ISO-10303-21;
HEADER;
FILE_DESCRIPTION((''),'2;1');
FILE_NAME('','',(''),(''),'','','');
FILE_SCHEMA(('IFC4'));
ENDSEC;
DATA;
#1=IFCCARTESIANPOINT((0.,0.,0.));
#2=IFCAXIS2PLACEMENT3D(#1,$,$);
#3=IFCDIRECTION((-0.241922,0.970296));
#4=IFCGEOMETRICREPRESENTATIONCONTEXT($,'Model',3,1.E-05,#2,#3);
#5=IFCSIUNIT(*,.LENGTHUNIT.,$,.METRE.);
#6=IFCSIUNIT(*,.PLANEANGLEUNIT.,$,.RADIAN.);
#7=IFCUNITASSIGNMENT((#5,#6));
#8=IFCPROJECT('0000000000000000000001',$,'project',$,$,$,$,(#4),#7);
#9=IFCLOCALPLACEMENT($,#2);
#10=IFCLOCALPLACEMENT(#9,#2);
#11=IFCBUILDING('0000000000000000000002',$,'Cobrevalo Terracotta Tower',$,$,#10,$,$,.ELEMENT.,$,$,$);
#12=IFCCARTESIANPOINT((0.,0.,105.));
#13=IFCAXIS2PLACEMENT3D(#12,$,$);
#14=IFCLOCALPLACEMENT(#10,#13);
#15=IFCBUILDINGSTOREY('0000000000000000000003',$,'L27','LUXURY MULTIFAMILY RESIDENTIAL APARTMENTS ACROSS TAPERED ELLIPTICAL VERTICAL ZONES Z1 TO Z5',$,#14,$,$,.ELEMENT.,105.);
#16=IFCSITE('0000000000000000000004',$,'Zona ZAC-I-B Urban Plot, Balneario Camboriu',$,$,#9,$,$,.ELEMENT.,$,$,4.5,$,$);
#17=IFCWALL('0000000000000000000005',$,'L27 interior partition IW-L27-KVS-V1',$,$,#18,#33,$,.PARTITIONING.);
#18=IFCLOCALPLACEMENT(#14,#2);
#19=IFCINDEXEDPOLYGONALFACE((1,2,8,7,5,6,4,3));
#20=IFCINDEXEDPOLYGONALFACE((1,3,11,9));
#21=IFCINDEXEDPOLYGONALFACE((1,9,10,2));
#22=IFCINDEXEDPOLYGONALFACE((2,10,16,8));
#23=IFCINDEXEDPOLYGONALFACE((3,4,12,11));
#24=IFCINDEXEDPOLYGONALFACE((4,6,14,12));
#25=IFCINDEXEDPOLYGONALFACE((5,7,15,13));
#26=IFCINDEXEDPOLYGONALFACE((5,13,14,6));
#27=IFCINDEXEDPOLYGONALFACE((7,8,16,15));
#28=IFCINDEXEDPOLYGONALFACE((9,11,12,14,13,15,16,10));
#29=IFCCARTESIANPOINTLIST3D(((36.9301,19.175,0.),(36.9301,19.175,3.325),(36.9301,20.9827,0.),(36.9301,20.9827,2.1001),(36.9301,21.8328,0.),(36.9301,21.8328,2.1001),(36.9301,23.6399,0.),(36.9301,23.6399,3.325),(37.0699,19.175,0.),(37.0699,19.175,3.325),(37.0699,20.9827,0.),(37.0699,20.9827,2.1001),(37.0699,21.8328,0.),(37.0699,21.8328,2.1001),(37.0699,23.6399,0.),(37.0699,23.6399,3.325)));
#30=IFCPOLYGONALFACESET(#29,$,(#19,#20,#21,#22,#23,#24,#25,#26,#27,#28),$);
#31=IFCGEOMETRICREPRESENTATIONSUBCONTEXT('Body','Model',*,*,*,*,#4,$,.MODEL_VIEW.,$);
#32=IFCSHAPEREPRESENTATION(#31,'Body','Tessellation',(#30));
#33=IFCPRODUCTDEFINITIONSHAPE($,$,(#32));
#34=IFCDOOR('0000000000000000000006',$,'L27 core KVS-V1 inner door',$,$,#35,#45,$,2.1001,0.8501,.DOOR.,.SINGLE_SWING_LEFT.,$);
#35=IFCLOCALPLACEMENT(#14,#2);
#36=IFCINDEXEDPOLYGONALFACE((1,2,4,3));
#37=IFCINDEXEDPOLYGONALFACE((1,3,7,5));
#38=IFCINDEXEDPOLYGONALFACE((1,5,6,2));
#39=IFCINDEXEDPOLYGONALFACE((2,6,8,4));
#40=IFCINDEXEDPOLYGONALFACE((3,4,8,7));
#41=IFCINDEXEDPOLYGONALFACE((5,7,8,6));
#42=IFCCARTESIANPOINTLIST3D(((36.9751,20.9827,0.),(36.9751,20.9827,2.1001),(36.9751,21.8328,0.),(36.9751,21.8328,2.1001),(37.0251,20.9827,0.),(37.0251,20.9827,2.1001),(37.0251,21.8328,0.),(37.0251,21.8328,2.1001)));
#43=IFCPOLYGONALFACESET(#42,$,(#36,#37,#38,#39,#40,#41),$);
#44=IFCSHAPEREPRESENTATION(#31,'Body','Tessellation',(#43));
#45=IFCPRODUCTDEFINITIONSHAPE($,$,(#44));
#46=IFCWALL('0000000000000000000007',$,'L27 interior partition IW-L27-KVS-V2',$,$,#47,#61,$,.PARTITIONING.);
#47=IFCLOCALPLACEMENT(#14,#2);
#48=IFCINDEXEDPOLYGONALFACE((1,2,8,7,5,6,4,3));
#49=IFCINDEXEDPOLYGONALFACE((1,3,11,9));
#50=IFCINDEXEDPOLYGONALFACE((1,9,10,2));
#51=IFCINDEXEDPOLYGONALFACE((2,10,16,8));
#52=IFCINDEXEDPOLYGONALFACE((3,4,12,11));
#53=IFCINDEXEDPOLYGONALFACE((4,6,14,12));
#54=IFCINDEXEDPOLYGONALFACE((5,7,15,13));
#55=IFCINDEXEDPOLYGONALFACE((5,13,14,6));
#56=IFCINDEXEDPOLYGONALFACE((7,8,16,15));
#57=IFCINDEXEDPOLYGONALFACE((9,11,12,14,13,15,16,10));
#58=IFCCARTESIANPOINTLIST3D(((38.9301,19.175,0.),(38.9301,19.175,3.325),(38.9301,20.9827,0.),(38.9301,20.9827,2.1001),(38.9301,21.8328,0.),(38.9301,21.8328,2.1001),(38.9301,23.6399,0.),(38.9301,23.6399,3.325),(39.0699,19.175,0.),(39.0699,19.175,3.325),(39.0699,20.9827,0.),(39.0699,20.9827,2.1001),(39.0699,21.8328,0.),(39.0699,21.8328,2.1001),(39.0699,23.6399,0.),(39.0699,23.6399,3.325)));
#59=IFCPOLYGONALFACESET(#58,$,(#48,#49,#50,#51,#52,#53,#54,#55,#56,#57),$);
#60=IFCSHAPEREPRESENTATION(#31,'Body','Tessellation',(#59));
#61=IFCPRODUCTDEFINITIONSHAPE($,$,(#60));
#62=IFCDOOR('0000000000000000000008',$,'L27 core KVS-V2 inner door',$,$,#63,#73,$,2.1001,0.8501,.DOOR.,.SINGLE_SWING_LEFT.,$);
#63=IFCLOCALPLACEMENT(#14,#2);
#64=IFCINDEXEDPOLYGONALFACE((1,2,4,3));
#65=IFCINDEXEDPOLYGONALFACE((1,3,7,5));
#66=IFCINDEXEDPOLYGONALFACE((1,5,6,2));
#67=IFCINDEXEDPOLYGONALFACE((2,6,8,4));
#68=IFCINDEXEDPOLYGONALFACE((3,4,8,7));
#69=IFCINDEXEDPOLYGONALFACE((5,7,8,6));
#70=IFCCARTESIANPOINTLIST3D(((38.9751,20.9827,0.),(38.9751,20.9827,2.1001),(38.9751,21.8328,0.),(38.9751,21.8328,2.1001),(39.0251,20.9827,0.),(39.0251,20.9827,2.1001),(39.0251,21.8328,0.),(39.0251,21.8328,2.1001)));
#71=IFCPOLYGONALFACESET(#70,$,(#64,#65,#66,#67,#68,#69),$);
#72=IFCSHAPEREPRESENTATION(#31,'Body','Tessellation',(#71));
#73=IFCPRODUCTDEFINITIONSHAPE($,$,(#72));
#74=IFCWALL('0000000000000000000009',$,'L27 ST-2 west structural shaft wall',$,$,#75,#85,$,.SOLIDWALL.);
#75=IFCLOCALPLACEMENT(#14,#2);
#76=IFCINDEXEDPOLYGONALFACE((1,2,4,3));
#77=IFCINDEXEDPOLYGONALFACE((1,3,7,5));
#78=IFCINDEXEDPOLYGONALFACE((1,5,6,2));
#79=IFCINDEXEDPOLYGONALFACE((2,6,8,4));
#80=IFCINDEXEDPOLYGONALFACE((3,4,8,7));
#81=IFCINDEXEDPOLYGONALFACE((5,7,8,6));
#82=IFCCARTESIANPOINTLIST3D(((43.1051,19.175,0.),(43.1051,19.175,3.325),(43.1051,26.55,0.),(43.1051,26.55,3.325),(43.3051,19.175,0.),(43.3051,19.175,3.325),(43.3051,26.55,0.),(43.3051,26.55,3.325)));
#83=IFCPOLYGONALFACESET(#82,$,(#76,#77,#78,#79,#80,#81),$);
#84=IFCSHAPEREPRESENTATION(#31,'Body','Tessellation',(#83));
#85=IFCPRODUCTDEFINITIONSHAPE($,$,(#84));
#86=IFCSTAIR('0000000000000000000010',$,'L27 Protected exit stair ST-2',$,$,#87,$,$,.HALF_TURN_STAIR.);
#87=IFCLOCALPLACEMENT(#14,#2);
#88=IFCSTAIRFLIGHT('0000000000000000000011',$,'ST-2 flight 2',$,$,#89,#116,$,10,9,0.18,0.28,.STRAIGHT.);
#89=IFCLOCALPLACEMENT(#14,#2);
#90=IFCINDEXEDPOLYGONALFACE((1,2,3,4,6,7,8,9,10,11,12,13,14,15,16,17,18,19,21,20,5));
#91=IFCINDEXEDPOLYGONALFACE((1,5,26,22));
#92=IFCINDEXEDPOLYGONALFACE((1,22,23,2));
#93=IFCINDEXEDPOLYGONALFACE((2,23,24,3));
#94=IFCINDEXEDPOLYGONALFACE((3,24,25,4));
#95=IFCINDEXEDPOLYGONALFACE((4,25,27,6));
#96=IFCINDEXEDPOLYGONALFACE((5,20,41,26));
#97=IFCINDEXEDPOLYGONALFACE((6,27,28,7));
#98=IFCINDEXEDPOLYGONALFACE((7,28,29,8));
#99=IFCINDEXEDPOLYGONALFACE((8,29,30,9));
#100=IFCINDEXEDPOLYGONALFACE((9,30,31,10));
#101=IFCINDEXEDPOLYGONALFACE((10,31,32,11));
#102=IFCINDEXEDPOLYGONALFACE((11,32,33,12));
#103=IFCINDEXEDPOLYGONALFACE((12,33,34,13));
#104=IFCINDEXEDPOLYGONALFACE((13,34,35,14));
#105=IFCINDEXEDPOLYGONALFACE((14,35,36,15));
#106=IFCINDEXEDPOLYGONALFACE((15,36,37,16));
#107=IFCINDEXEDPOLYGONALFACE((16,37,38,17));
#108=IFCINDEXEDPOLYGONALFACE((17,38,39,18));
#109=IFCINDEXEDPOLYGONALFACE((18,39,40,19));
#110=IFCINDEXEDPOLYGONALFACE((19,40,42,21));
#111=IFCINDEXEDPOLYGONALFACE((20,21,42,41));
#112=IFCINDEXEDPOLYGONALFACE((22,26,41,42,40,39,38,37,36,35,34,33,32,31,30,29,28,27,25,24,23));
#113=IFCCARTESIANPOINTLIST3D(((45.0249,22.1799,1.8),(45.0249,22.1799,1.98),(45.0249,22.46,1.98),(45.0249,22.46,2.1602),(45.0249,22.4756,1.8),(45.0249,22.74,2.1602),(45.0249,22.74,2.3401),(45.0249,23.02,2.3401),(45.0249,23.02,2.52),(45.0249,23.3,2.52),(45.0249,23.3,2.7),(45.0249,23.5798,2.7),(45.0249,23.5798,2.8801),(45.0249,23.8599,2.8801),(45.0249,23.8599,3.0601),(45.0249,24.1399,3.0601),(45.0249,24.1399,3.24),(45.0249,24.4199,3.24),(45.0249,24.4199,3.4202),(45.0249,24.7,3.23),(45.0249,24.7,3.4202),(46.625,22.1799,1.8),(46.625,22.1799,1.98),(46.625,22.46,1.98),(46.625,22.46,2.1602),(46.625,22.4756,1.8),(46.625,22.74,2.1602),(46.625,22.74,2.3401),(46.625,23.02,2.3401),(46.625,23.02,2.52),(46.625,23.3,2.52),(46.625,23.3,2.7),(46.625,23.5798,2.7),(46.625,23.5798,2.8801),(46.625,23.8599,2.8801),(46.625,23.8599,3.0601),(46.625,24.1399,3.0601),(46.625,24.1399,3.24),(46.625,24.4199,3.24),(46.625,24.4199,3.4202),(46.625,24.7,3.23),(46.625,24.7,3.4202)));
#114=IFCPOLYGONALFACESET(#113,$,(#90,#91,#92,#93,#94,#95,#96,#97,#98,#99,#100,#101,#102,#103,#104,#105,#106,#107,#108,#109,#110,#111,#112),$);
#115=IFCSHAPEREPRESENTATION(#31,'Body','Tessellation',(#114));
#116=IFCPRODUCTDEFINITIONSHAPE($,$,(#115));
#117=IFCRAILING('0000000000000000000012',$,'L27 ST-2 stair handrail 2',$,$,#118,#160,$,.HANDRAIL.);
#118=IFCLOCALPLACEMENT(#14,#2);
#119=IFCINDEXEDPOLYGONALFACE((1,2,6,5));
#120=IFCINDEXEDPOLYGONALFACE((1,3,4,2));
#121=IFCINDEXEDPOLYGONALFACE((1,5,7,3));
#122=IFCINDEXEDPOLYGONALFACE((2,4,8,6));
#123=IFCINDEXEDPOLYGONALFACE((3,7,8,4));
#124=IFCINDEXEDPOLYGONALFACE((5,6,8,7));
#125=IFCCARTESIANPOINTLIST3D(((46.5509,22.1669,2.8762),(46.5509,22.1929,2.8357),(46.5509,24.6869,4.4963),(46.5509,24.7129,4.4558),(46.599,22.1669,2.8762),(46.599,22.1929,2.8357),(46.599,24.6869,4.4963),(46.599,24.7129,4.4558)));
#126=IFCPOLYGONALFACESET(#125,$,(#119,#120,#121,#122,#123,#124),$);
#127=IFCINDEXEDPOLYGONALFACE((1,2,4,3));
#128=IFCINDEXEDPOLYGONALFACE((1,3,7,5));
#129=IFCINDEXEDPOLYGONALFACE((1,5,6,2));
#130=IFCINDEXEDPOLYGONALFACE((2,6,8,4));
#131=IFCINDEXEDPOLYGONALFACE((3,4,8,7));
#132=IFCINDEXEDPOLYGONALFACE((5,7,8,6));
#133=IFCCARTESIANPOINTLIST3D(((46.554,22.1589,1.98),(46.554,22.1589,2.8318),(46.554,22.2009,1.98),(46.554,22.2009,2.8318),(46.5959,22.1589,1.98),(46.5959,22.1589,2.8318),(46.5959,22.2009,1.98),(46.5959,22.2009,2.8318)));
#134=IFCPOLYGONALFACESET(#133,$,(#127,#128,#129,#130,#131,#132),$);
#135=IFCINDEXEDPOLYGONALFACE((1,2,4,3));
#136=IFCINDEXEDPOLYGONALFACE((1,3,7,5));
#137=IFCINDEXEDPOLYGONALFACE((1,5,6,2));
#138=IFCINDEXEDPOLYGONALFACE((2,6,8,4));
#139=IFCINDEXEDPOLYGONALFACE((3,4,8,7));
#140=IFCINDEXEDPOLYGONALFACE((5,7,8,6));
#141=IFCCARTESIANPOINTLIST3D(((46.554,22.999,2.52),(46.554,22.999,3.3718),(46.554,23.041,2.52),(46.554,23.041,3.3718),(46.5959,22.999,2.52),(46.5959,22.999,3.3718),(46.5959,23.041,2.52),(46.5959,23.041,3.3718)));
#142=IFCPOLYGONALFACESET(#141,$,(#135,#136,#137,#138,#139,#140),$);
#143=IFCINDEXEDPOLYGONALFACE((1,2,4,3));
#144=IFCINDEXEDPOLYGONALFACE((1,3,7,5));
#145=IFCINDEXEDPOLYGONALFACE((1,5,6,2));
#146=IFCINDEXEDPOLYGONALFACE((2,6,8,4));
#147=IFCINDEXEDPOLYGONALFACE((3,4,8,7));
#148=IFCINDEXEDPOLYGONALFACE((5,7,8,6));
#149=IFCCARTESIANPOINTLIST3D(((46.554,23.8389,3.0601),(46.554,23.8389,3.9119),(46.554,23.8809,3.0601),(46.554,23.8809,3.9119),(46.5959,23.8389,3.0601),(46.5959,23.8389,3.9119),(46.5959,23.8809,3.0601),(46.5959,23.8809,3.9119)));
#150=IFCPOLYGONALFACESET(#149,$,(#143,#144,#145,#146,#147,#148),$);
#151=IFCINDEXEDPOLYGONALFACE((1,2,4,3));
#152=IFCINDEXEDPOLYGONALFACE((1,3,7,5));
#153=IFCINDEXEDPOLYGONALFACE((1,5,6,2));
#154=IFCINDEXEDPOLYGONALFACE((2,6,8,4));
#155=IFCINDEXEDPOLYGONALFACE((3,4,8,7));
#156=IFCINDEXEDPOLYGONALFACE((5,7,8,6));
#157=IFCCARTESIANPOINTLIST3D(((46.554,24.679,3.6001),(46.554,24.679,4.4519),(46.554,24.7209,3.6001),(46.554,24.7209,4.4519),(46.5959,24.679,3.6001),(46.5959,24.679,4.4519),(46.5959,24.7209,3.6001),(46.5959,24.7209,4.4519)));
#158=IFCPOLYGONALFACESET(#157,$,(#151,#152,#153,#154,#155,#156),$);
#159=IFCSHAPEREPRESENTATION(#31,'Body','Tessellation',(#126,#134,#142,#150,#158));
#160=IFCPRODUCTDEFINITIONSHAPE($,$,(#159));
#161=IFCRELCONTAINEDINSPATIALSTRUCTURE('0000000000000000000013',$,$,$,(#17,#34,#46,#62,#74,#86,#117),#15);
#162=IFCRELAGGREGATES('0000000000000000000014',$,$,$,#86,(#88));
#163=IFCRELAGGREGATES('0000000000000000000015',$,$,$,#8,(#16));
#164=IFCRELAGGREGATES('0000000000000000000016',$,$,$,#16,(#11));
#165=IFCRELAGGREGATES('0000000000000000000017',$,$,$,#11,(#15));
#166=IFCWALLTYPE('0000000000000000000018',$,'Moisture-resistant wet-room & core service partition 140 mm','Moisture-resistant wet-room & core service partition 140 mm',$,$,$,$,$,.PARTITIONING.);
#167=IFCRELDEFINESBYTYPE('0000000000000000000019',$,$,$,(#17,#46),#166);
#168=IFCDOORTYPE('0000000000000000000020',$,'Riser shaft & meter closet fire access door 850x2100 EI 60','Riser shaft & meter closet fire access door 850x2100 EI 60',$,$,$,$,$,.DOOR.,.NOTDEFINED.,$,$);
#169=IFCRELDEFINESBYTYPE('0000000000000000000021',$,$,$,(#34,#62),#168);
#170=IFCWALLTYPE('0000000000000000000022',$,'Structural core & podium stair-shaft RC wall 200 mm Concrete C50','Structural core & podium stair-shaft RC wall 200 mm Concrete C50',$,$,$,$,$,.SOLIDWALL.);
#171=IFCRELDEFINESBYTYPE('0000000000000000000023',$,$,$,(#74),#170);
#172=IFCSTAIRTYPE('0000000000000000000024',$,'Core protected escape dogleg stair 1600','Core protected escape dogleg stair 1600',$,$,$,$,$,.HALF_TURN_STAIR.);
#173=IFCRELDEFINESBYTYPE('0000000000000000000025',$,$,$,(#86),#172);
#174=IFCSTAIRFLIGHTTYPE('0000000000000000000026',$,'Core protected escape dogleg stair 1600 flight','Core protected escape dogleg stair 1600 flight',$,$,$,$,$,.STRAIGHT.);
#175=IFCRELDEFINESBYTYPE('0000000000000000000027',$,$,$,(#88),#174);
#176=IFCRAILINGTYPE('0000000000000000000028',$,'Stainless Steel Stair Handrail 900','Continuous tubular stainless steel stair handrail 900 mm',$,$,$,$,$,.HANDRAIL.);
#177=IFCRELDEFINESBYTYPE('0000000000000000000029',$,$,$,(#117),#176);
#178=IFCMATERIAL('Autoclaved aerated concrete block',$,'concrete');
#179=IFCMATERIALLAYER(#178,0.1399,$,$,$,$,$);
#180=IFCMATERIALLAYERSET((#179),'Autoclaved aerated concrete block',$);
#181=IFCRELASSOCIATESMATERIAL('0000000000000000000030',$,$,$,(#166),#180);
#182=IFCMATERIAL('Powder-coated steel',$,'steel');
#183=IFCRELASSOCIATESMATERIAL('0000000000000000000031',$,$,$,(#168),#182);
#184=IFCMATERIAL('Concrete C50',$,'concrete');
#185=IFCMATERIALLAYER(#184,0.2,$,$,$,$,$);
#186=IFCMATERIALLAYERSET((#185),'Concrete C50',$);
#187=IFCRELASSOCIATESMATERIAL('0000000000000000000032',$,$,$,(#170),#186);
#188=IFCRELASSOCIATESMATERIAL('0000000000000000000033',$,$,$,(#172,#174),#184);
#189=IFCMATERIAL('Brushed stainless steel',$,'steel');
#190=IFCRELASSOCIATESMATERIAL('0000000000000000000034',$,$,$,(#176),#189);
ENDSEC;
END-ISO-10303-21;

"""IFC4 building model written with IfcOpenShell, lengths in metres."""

from ifc_helpers import new_model, si_unit, direction, frame, frame_2d, origin, origin_2d, place, context, subcontext, project, spatial, polyline, rectangle, outline, extrude, source, transform, mapped, material, layer, layer_set, type_object, element, fill, aggregate, save


model = new_model("IFC4")

# Units and contexts
model_context = context("Model", 3, precision=1e-05, world=origin(), true_north=direction((-0.241922, 0.970296)))
body_context = subcontext(model_context, "Body", "Model", "MODEL_VIEW")
ifc_project = project(units=[si_unit("LENGTHUNIT", "METRE"), si_unit("PLANEANGLEUNIT", "RADIAN")], contexts=[model_context])

# Site, building, storey
site_placement = place(None, origin())
site = spatial("IfcSite", under=ifc_project, at=site_placement, Name="Zona ZAC-I-B Urban Plot, Balneario Camboriu", CompositionType="ELEMENT", RefElevation=4.5)
building_placement = place(site_placement, origin())
building = spatial("IfcBuilding", under=site, at=building_placement, Name="Cobrevalo Terracotta Tower", CompositionType="ELEMENT")
storey_placement = place(building_placement, frame((0.0, 0.0, 105.0)))
storey = spatial("IfcBuildingStorey", under=building, at=storey_placement, Name="L27", Description="LUXURY MULTIFAMILY RESIDENTIAL APARTMENTS ACROSS TAPERED ELLIPTICAL VERTICAL ZONES Z1 TO Z5", CompositionType="ELEMENT", Elevation=105.0)

# Shared definitions
ifc_material_1 = material(Name="Autoclaved aerated concrete block", Category="concrete")

# Shared definitions
ifc_layer_1 = layer(ifc_material_1, 0.1399)
ifc_layer_set_1 = layer_set([ifc_layer_1], Name="Autoclaved aerated concrete block")
wall_type_1 = type_object("IfcWallType", Name="Moisture-resistant wet-room & core service partition 140 mm", Description="Moisture-resistant wet-room & core service partition 140 mm", PredefinedType="PARTITIONING", material=ifc_layer_set_1)

# Walls, openings, doors
wall_1_placement = place(storey_placement, frame((37.0, 19.175, 0.0), z_axis=(0.0, 0.0, 1.0), x_axis=(0.0, 1.0, 0.0)))
wall_1 = element("IfcWall", 1, at=wall_1_placement, inside=storey, type_object=wall_type_1, Name="L27 interior partition IW-L27-KVS-V1", PredefinedType="PARTITIONING", context=body_context, shape_type="SweptSolid", body=[
    extrude(rectangle(XDim=4.4648, YDim=0.1399, at=frame_2d((2.2324, 0.0))), origin(), (0.0, 0.0, 1.0), 3.325),
])
opening_1_placement = place(wall_1_placement, frame((1.8076, 0.0, 0.0)))
opening_1 = element("IfcOpeningElement", 2, at=opening_1_placement, cuts=wall_1, PredefinedType="OPENING", context=body_context, shape_type="SweptSolid", body=[
    extrude(rectangle(XDim=0.8501, YDim=2.1001, at=frame_2d((0.425, 1.05))), frame((0.0, 0.0801, 0.0), z_axis=(0.0, -1.0, 0.0), x_axis=(1.0, 0.0, 0.0)), (0.0, 0.0, 1.0), 0.1599),
])
ifc_material_2 = material(Name="Powder-coated steel", Category="steel")
door_type_1 = type_object("IfcDoorType", Name="Riser shaft & meter closet fire access door 850x2100 EI 60", Description="Riser shaft & meter closet fire access door 850x2100 EI 60", OperationType="NOTDEFINED", PredefinedType="DOOR", material=ifc_material_2)
shared_shape_1 = source(origin(), body_context, "Body", "SweptSolid", [
    extrude(rectangle(XDim=0.8501, YDim=2.1001, at=frame_2d((0.425, 1.05))), frame((0.0, 0.0249, 0.0), z_axis=(0.0, -1.0, 0.0), x_axis=(1.0, 0.0, 0.0)), (0.0, 0.0, 1.0), 0.05),
])
door_1_placement = place(opening_1_placement, origin())
door_1 = element("IfcDoor", 3, at=door_1_placement, inside=storey, type_object=door_type_1, Name="L27 core KVS-V1 inner door", OperationType="SINGLE_SWING_LEFT", OverallHeight=2.1001, OverallWidth=0.8501, PredefinedType="DOOR", context=body_context, shape_type="MappedRepresentation", body=[
    mapped(shared_shape_1, transform((0.0, 0.0, 0.0), scale=1.0)),
])
fill(opening_1, door_1)
wall_2_placement = place(storey_placement, frame((39.0, 19.175, 0.0), z_axis=(0.0, 0.0, 1.0), x_axis=(0.0, 1.0, 0.0)))
wall_2 = element("IfcWall", 4, at=wall_2_placement, inside=storey, type_object=wall_type_1, Name="L27 interior partition IW-L27-KVS-V2", PredefinedType="PARTITIONING", context=body_context, shape_type="SweptSolid", body=[
    extrude(rectangle(XDim=4.4648, YDim=0.1399, at=frame_2d((2.2324, 0.0))), origin(), (0.0, 0.0, 1.0), 3.325),
])
opening_2_placement = place(wall_2_placement, frame((1.8076, 0.0, 0.0)))
opening_2 = element("IfcOpeningElement", 5, at=opening_2_placement, cuts=wall_2, PredefinedType="OPENING", context=body_context, shape_type="SweptSolid", body=[
    extrude(rectangle(XDim=0.8501, YDim=2.1001, at=frame_2d((0.425, 1.05))), frame((0.0, 0.0801, 0.0), z_axis=(0.0, -1.0, 0.0), x_axis=(1.0, 0.0, 0.0)), (0.0, 0.0, 1.0), 0.1599),
])
door_2_placement = place(opening_2_placement, origin())
door_2 = element("IfcDoor", 6, at=door_2_placement, inside=storey, type_object=door_type_1, Name="L27 core KVS-V2 inner door", OperationType="SINGLE_SWING_LEFT", OverallHeight=2.1001, OverallWidth=0.8501, PredefinedType="DOOR", context=body_context, shape_type="MappedRepresentation", body=[
    mapped(shared_shape_1, transform((0.0, 0.0, 0.0), scale=1.0)),
])
fill(opening_2, door_2)

# Wall
ifc_material_3 = material(Name="Concrete C50", Category="concrete")
ifc_layer_2 = layer(ifc_material_3, 0.2)
ifc_layer_set_2 = layer_set([ifc_layer_2], Name="Concrete C50")
wall_type_2 = type_object("IfcWallType", Name="Structural core & podium stair-shaft RC wall 200 mm Concrete C50", Description="Structural core & podium stair-shaft RC wall 200 mm Concrete C50", PredefinedType="SOLIDWALL", material=ifc_layer_set_2)
wall_3_placement = place(storey_placement, frame((43.2051, 19.175, 0.0), z_axis=(0.0, 0.0, 1.0), x_axis=(0.0, 1.0, 0.0)))
element("IfcWall", 7, at=wall_3_placement, inside=storey, type_object=wall_type_2, Name="L27 ST-2 west structural shaft wall", PredefinedType="SOLIDWALL", context=body_context, shape_type="SweptSolid", body=[
    extrude(rectangle(XDim=7.375, YDim=0.2, at=frame_2d((3.6875, 0.0))), origin(), (0.0, 0.0, 1.0), 3.325),
])

# Stair, stair flight
stair_type = type_object("IfcStairType", Name="Core protected escape dogleg stair 1600", Description="Core protected escape dogleg stair 1600", PredefinedType="HALF_TURN_STAIR", material=ifc_material_3)
stair_placement = place(storey_placement, origin())
stair = element("IfcStair", 8, at=stair_placement, inside=storey, type_object=stair_type, Name="L27 Protected exit stair ST-2", PredefinedType="HALF_TURN_STAIR")
stair_flight_type = type_object("IfcStairFlightType", Name="Core protected escape dogleg stair 1600 flight", Description="Core protected escape dogleg stair 1600 flight", PredefinedType="STRAIGHT", material=ifc_material_3)
stair_flight_placement = place(storey_placement, frame((45.825, 22.1799, 1.8), z_axis=(0.0, 0.0, 1.0), x_axis=(0.0, 1.0, 0.0)))
stair_flight = element("IfcStairFlight", 9, at=stair_flight_placement, type_object=stair_flight_type, Name="ST-2 flight 2", NumberOfRisers=10, NumberOfTreads=9, PredefinedType="STRAIGHT", RiserHeight=0.18, TreadLength=0.28, context=body_context, shape_type="SweptSolid", body=[
    extrude(outline(polyline([(0.0, 0.0), (0.0, 0.1799), (0.28, 0.1799), (0.28, 0.3601), (0.5601, 0.3601), (0.5601, 0.54), (0.8401, 0.54), (0.8401, 0.72), (1.1201, 0.72), (1.1201, 0.8999), (1.3999, 0.8999), (1.3999, 1.0801), (1.6799, 1.0801), (1.6799, 1.26), (1.96, 1.26), (1.96, 1.4399), (2.24, 1.4399), (2.24, 1.6201), (2.52, 1.6201), (2.52, 1.8), (2.52, 1.4299), (0.2957, 0.0), (0.0, 0.0)])), frame((0.0, 0.8, 0.0), z_axis=(0.0, -1.0, 0.0), x_axis=(1.0, 0.0, 0.0)), (0.0, 0.0, 1.0), 1.6001),
])
aggregate(stair, [stair_flight])

# Railing
ifc_material_4 = material(Name="Brushed stainless steel", Category="steel")
railing_type_1 = type_object("IfcRailingType", Name="Stainless Steel Stair Handrail 900", Description="Continuous tubular stainless steel stair handrail 900 mm", PredefinedType="HANDRAIL", material=ifc_material_4)
railing_1_placement = place(storey_placement, frame((46.575, 22.1799, 1.98)))
element("IfcRailing", 10, at=railing_1_placement, inside=storey, type_object=railing_type_1, Name="L27 ST-2 stair handrail 2", PredefinedType="HANDRAIL", context=body_context, shape_type="SweptSolid", body=[
    extrude(rectangle(XDim=0.0481, YDim=0.0481, at=origin_2d()), frame((0.0, 0.0, 0.876), z_axis=(0.0, 0.841163, 0.540782), x_axis=(-1.0, 0.0, 0.0)), (0.0, 0.0, 1.0), 2.9958),
    extrude(rectangle(XDim=0.042, YDim=0.042, at=origin_2d()), origin(), (0.0, 0.0, 1.0), 0.8518),
    extrude(rectangle(XDim=0.042, YDim=0.042, at=origin_2d()), frame((0.0, 0.8401, 0.54)), (0.0, 0.0, 1.0), 0.8518),
    extrude(rectangle(XDim=0.042, YDim=0.042, at=origin_2d()), frame((0.0, 1.6799, 1.0801)), (0.0, 0.0, 1.0), 0.8518),
    extrude(rectangle(XDim=0.042, YDim=0.042, at=origin_2d()), frame((0.0, 2.52, 1.6201)), (0.0, 0.0, 1.0), 0.8518),
])

save(model, "model.ifc")
